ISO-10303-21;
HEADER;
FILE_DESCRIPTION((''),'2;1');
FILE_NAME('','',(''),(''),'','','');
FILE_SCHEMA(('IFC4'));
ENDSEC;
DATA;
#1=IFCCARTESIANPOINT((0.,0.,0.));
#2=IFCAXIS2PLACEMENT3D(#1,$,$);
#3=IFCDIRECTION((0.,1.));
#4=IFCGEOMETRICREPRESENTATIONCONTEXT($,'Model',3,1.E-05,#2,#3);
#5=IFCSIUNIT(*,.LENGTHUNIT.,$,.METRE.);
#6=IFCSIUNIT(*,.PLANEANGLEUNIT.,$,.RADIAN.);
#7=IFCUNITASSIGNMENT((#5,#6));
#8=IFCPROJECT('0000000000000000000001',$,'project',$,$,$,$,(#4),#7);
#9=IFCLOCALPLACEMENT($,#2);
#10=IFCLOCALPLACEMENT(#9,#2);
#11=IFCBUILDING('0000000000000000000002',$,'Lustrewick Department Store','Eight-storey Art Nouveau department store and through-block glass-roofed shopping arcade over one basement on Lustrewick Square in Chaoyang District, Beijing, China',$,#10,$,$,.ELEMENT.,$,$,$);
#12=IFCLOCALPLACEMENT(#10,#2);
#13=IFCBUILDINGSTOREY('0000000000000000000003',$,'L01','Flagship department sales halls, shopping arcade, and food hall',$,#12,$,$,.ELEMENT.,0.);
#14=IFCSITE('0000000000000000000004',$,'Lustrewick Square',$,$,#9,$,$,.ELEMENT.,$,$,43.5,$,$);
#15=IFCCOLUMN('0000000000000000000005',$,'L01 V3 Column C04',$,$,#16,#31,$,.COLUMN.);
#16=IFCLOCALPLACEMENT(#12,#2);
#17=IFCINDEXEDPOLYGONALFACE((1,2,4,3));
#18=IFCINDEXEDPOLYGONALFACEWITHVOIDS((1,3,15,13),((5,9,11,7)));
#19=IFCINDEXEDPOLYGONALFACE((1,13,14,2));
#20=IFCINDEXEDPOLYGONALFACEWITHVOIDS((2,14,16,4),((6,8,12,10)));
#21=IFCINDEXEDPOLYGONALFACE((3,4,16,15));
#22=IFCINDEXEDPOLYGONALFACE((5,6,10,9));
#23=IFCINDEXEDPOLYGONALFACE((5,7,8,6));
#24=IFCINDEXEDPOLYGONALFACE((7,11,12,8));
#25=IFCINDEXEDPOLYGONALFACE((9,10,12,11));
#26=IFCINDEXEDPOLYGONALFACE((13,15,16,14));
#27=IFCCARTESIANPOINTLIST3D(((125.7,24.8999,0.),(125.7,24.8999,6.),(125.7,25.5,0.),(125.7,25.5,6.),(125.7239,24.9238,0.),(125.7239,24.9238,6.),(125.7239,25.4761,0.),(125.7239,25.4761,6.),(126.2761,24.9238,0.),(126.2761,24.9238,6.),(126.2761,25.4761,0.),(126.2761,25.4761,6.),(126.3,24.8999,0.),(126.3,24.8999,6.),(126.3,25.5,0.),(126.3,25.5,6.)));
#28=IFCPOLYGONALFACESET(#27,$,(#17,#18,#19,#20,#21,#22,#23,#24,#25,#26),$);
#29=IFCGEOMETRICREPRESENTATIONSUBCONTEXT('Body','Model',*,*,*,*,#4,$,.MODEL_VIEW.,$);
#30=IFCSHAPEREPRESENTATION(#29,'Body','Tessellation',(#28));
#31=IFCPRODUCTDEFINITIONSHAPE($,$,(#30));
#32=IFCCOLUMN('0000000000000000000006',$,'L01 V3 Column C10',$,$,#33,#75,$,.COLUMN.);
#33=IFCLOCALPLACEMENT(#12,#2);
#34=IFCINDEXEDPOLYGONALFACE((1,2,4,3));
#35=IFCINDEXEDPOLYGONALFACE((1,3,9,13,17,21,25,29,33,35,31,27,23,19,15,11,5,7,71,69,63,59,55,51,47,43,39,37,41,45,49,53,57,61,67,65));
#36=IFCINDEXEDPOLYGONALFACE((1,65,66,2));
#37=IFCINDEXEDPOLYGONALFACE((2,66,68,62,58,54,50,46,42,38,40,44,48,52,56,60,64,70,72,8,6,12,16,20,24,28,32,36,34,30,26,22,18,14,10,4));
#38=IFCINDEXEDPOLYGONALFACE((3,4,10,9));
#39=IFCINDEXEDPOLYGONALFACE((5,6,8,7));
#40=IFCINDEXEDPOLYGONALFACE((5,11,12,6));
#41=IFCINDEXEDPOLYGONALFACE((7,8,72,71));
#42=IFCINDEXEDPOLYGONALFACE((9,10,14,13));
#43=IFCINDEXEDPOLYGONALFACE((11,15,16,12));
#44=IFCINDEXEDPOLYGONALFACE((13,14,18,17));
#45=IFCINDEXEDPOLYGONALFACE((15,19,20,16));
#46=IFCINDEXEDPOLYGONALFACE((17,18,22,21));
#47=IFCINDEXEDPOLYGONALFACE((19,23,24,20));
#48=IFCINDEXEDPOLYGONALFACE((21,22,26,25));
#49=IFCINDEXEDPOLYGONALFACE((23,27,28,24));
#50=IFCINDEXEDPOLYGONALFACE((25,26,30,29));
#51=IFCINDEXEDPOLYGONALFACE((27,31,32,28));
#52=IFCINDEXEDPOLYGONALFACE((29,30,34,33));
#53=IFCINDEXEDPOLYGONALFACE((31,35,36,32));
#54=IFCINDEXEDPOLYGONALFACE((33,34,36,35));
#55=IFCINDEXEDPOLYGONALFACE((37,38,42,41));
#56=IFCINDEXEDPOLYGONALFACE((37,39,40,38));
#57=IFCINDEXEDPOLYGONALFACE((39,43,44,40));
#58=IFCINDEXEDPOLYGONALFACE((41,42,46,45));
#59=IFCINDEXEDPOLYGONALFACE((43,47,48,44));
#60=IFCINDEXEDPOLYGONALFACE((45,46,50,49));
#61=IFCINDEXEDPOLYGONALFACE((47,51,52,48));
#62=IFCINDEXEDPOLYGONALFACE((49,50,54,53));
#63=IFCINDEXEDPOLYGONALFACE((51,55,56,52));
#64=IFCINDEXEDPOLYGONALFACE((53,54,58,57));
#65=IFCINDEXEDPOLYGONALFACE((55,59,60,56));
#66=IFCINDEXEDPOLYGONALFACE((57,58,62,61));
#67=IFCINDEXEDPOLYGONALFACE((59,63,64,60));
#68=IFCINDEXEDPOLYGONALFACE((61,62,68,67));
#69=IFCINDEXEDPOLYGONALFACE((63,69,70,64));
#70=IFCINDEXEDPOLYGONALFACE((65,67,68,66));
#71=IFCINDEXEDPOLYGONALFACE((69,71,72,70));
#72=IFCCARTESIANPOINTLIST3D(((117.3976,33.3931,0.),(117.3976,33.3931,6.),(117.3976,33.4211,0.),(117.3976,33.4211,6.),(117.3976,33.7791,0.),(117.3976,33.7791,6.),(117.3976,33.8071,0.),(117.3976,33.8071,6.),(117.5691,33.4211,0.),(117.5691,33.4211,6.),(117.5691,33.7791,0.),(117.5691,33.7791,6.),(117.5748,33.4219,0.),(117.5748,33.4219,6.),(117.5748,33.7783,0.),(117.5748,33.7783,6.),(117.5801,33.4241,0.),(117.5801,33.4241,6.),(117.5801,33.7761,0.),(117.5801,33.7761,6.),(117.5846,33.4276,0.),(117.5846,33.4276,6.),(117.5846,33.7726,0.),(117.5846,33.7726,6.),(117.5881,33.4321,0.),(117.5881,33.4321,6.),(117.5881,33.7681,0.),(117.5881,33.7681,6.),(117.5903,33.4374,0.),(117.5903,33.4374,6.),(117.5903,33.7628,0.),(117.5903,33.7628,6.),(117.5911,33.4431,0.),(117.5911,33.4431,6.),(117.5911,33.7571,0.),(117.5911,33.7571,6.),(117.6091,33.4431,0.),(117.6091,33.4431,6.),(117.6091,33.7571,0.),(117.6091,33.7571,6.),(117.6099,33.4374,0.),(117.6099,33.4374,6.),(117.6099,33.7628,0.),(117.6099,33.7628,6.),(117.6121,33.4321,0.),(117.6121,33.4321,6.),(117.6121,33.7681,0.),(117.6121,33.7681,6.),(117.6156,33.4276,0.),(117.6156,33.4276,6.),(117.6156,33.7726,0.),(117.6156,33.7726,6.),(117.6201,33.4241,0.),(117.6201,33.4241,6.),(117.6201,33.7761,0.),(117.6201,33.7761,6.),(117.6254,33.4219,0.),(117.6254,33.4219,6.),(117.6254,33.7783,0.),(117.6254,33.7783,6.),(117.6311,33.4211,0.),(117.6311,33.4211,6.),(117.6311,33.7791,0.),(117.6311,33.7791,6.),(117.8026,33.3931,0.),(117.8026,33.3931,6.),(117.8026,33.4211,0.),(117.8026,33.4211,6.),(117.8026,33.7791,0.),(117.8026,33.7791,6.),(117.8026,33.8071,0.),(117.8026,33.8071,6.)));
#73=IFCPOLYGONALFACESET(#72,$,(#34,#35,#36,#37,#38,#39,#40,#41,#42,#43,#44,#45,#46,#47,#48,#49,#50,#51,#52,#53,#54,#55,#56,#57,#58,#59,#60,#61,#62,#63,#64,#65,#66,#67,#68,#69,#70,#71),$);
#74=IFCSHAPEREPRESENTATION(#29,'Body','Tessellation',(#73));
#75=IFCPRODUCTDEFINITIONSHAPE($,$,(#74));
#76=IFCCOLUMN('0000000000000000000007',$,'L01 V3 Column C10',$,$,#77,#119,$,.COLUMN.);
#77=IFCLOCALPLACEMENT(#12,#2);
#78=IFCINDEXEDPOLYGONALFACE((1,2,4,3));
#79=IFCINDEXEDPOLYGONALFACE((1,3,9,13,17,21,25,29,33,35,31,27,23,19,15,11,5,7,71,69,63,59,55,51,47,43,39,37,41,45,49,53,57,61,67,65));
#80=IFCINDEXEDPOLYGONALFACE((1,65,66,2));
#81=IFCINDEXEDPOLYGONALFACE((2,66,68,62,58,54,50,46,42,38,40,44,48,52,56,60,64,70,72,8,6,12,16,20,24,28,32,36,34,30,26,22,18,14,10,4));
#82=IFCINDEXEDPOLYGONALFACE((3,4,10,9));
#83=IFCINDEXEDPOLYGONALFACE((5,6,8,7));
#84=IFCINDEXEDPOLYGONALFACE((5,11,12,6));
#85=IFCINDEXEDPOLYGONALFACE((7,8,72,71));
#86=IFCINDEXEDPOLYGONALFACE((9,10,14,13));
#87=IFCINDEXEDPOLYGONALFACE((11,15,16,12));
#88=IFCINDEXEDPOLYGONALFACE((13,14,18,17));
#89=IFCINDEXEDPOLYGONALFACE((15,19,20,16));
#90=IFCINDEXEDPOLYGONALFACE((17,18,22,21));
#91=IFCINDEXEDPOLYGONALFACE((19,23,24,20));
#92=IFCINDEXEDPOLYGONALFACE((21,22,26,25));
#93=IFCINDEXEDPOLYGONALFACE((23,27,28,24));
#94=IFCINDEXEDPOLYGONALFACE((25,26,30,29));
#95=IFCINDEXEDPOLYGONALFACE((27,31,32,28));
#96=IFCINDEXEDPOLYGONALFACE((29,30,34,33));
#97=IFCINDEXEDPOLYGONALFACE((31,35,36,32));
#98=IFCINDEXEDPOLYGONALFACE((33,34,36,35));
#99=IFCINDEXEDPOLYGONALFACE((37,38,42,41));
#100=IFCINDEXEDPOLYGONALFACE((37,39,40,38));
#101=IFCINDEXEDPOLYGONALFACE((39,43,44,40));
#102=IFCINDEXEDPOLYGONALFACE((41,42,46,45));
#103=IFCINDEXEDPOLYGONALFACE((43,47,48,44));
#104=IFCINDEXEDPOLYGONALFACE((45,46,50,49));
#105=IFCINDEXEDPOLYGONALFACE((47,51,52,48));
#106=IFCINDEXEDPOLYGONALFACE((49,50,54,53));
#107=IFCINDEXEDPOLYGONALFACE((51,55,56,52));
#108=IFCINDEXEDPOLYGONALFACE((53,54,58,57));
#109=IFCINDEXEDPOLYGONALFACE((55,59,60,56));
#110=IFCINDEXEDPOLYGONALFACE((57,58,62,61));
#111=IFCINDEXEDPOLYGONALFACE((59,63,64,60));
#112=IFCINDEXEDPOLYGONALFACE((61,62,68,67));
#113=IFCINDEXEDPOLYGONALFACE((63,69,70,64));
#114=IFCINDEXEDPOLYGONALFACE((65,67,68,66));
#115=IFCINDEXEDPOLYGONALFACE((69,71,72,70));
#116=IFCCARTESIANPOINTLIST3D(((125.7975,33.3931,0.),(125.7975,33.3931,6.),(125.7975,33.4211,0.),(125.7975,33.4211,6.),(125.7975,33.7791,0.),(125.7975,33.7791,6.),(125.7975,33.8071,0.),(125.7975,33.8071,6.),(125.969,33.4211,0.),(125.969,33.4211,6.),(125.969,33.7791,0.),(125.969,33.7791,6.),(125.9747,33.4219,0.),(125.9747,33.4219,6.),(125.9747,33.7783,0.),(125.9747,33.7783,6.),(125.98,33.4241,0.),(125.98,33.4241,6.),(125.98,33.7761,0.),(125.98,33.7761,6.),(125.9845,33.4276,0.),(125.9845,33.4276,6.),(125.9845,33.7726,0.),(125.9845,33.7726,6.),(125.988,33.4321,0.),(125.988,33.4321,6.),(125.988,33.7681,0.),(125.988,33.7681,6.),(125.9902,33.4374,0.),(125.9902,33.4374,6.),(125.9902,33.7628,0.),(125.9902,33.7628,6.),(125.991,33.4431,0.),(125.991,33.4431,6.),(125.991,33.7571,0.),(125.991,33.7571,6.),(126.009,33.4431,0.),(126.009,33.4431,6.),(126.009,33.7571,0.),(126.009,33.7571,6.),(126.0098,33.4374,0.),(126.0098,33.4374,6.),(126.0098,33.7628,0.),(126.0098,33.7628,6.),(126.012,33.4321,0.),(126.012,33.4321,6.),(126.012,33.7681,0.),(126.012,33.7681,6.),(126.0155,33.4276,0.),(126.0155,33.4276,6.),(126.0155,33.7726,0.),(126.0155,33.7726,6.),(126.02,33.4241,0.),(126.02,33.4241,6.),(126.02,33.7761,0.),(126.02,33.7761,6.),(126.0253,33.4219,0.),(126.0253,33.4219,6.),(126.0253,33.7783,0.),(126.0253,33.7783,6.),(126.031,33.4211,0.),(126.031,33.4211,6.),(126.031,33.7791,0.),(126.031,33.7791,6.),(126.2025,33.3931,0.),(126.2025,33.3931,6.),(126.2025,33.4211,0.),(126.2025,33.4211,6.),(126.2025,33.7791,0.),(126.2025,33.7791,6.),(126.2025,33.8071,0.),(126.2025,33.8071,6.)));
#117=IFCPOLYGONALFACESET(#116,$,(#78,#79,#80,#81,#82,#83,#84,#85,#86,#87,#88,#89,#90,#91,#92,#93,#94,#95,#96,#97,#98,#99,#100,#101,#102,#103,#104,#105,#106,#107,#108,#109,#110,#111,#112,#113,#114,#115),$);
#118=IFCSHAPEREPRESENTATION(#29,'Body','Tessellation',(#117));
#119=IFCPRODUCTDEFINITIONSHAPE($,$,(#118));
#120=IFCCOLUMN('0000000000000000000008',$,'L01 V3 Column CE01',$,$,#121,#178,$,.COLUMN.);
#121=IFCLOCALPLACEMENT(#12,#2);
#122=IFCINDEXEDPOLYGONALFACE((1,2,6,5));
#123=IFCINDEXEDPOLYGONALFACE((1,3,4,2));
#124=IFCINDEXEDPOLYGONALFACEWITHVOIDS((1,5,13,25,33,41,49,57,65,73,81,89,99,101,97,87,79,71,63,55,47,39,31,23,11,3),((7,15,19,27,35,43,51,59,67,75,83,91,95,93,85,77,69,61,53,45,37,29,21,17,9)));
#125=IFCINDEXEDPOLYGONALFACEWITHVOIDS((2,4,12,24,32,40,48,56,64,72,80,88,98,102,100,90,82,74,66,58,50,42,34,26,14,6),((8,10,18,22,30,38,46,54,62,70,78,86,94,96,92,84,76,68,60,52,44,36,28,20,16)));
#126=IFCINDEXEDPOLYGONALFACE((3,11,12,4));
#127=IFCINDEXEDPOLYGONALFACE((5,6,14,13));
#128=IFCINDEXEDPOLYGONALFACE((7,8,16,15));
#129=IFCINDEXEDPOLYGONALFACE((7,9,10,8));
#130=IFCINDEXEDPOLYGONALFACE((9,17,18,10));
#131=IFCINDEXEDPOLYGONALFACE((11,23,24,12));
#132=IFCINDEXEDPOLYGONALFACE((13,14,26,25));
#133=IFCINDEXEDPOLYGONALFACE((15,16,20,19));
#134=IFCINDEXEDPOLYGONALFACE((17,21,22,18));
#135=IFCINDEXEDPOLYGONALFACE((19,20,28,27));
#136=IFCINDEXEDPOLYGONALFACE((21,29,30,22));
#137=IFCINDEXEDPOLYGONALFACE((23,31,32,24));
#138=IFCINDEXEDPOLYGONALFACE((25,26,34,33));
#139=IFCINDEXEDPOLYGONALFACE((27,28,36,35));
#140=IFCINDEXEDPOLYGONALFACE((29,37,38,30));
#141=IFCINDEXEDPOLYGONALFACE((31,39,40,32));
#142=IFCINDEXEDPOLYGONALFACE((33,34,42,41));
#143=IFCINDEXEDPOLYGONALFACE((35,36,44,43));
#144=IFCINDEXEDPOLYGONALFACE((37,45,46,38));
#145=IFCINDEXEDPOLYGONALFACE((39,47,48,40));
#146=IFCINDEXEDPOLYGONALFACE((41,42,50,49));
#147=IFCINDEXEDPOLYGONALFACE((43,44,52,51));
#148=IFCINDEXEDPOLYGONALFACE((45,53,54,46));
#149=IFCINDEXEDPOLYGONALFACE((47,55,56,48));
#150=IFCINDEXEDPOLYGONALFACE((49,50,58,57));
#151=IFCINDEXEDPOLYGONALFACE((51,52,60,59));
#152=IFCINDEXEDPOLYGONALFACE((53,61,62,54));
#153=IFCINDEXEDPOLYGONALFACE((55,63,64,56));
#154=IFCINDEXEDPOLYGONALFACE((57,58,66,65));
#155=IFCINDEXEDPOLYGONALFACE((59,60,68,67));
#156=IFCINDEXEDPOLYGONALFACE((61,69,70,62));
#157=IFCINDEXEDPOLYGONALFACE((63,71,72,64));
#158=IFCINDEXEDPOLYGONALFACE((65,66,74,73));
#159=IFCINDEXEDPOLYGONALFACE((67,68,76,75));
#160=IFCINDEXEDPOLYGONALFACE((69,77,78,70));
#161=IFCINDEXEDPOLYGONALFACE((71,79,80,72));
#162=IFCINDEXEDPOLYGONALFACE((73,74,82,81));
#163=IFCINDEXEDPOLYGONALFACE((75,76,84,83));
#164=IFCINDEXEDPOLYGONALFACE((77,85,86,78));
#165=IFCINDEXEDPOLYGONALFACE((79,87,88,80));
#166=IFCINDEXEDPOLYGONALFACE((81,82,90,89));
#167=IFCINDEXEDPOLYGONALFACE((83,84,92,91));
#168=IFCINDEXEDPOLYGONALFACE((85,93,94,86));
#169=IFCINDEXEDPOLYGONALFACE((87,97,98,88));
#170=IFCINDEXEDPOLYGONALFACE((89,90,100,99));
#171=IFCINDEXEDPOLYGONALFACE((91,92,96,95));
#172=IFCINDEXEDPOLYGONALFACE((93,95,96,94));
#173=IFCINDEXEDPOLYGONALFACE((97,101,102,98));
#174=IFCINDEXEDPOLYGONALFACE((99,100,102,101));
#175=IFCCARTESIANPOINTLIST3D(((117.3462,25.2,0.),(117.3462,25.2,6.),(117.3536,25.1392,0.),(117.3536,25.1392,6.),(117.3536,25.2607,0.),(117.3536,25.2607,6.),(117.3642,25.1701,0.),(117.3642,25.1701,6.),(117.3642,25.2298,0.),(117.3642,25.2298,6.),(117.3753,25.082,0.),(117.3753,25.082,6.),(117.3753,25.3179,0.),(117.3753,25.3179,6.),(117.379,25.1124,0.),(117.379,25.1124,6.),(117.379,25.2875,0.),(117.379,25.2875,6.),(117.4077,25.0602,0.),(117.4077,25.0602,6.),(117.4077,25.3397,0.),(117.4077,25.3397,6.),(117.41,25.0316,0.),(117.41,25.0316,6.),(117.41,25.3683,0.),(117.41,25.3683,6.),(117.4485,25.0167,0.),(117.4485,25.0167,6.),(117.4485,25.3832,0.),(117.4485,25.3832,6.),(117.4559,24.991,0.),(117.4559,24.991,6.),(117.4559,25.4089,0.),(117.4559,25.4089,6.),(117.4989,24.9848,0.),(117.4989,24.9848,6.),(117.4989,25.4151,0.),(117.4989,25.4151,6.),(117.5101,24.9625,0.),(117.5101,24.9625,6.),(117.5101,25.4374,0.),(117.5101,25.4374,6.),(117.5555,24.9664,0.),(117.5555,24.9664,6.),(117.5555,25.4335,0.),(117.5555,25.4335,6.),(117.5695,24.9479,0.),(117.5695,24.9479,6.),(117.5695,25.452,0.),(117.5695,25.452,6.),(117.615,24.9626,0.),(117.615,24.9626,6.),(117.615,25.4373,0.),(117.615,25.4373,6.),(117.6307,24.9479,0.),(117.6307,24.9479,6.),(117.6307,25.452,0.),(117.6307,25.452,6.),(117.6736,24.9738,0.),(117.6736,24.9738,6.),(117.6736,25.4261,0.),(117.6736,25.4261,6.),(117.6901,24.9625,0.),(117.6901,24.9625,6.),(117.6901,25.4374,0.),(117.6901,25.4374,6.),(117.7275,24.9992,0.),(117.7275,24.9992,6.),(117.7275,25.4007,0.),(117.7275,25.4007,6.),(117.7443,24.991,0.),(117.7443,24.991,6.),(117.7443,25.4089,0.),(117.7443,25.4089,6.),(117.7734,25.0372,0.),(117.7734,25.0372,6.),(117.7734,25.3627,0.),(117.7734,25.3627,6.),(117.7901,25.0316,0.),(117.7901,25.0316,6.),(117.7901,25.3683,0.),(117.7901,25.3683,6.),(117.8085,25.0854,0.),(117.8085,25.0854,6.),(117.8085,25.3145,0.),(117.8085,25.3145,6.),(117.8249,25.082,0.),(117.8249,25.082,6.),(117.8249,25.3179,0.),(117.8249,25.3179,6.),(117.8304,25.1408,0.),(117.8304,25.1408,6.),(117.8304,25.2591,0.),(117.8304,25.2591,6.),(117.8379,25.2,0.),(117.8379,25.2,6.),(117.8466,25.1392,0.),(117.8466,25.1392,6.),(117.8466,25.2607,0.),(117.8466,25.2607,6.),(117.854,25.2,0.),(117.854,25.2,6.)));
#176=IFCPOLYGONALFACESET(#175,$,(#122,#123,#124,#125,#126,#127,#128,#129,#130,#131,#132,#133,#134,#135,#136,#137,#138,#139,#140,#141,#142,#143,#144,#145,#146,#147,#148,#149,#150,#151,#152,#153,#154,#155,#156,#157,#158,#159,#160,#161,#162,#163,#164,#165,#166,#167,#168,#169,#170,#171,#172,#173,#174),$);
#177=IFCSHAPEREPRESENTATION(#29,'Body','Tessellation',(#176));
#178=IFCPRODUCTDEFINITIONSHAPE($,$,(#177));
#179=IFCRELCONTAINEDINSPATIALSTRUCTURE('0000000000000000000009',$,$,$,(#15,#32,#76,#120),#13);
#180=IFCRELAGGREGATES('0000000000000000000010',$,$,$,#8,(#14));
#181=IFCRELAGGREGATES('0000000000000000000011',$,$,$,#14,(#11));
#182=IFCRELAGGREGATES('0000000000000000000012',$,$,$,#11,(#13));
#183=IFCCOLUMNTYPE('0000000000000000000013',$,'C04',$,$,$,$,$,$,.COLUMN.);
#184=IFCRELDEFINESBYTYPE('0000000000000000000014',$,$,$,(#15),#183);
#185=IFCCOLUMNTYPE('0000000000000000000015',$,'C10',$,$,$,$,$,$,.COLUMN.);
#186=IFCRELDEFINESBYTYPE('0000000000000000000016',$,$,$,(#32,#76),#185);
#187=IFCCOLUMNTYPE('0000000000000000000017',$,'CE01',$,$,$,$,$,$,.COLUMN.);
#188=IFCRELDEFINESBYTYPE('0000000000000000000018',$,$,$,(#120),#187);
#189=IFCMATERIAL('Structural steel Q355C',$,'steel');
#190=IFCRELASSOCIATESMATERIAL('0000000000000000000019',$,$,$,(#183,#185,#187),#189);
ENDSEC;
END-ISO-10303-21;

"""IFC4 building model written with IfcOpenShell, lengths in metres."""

from ifc_helpers import new_model, si_unit, direction, frame, origin, origin_2d, place, context, subcontext, project, spatial, hollow_rectangle, hollow_circle, i_section, extrude, material, material_profile, profile_set, type_object, element, save


model = new_model("IFC4")

# Units and contexts
model_context = context("Model", 3, precision=1e-05, world=origin(), true_north=direction((0.0, 1.0)))
body_context = subcontext(model_context, "Body", "Model", "MODEL_VIEW")
ifc_project = project(units=[si_unit("LENGTHUNIT", "METRE"), si_unit("PLANEANGLEUNIT", "RADIAN")], contexts=[model_context])

# Site, building, storey
site_placement = place(None, origin())
site = spatial("IfcSite", under=ifc_project, at=site_placement, Name="Lustrewick Square", CompositionType="ELEMENT", RefElevation=43.5)
building_placement = place(site_placement, origin())
building = spatial("IfcBuilding", under=site, at=building_placement, Name="Lustrewick Department Store", Description="Eight-storey Art Nouveau department store and through-block glass-roofed shopping arcade over one basement on Lustrewick Square in Chaoyang District, Beijing, China", CompositionType="ELEMENT")
storey_placement = place(building_placement, origin())
storey = spatial("IfcBuildingStorey", under=building, at=storey_placement, Name="L01", Description="Flagship department sales halls, shopping arcade, and food hall", CompositionType="ELEMENT", Elevation=0.0)

# Columns
ifc_material_1 = material(Name="Structural steel Q355C", Category="steel")
ifc_material_profile_1 = material_profile(ifc_material_1, hollow_rectangle(XDim=0.6001, YDim=0.6001, WallThickness=0.0239, at=origin_2d()), Name="BOX 600x600x24")
ifc_profile_set_1 = profile_set([ifc_material_profile_1], Name="Structural steel Q355C")
column_type_1 = type_object("IfcColumnType", Name="C04", PredefinedType="COLUMN", material=ifc_profile_set_1)
column_1_placement = place(storey_placement, frame((126.0, 25.2, 0.0), z_axis=(0.0, 0.0, 1.0), x_axis=(1.0, 0.0, 0.0)))
element("IfcColumn", 1, at=column_1_placement, inside=storey, type_object=column_type_1, Name="L01 V3 Column C04", PredefinedType="COLUMN", context=body_context, shape_type="SweptSolid", body=[
    extrude(hollow_rectangle(XDim=0.6001, YDim=0.6001, WallThickness=0.0239, at=origin_2d()), origin(), (0.0, 0.0, 1.0), 6.0),
])
ifc_material_profile_2 = material_profile(ifc_material_1, i_section(OverallWidth=0.405, OverallDepth=0.4141, WebThickness=0.0181, FlangeThickness=0.0281, FilletRadius=0.022, at=origin_2d()), Name="HW 414x405x18x28")
ifc_profile_set_2 = profile_set([ifc_material_profile_2], Name="Structural steel Q355C")
column_type_2 = type_object("IfcColumnType", Name="C10", PredefinedType="COLUMN", material=ifc_profile_set_2)
for number, where, z_axis, x_axis, name in (
    (2, (117.6001, 33.6001, 0.0), (0.0, 0.0, 1.0), (1.0, 0.0, 0.0), "L01 V3 Column C10"),
    (3, (126.0, 33.6001, 0.0), (0.0, 0.0, 1.0), (1.0, 0.0, 0.0), "L01 V3 Column C10"),
):
    element("IfcColumn", number, at=place(storey_placement, frame(where, z_axis=z_axis, x_axis=x_axis)), inside=storey, type_object=column_type_2, Name=name, PredefinedType="COLUMN", context=body_context, shape_type="SweptSolid", body=[
        extrude(i_section(OverallWidth=0.405, OverallDepth=0.4141, WebThickness=0.0181, FlangeThickness=0.0281, FilletRadius=0.022, at=origin_2d()), origin(), (0.0, 0.0, 1.0), 6.0),
    ])
ifc_material_profile_3 = material_profile(ifc_material_1, hollow_circle(Radius=0.2539, WallThickness=0.0161, at=origin_2d()), Name="CHS 508x16")
ifc_profile_set_3 = profile_set([ifc_material_profile_3], Name="Structural steel Q355C")
column_type_3 = type_object("IfcColumnType", Name="CE01", PredefinedType="COLUMN", material=ifc_profile_set_3)
column_2_placement = place(storey_placement, frame((117.6001, 25.2, 0.0), z_axis=(0.0, 0.0, 1.0), x_axis=(1.0, 0.0, 0.0)))
element("IfcColumn", 4, at=column_2_placement, inside=storey, type_object=column_type_3, Name="L01 V3 Column CE01", PredefinedType="COLUMN", context=body_context, shape_type="SweptSolid", body=[
    extrude(hollow_circle(Radius=0.2539, WallThickness=0.0161, at=origin_2d()), origin(), (0.0, 0.0, 1.0), 6.0),
])

save(model, "model.ifc")
